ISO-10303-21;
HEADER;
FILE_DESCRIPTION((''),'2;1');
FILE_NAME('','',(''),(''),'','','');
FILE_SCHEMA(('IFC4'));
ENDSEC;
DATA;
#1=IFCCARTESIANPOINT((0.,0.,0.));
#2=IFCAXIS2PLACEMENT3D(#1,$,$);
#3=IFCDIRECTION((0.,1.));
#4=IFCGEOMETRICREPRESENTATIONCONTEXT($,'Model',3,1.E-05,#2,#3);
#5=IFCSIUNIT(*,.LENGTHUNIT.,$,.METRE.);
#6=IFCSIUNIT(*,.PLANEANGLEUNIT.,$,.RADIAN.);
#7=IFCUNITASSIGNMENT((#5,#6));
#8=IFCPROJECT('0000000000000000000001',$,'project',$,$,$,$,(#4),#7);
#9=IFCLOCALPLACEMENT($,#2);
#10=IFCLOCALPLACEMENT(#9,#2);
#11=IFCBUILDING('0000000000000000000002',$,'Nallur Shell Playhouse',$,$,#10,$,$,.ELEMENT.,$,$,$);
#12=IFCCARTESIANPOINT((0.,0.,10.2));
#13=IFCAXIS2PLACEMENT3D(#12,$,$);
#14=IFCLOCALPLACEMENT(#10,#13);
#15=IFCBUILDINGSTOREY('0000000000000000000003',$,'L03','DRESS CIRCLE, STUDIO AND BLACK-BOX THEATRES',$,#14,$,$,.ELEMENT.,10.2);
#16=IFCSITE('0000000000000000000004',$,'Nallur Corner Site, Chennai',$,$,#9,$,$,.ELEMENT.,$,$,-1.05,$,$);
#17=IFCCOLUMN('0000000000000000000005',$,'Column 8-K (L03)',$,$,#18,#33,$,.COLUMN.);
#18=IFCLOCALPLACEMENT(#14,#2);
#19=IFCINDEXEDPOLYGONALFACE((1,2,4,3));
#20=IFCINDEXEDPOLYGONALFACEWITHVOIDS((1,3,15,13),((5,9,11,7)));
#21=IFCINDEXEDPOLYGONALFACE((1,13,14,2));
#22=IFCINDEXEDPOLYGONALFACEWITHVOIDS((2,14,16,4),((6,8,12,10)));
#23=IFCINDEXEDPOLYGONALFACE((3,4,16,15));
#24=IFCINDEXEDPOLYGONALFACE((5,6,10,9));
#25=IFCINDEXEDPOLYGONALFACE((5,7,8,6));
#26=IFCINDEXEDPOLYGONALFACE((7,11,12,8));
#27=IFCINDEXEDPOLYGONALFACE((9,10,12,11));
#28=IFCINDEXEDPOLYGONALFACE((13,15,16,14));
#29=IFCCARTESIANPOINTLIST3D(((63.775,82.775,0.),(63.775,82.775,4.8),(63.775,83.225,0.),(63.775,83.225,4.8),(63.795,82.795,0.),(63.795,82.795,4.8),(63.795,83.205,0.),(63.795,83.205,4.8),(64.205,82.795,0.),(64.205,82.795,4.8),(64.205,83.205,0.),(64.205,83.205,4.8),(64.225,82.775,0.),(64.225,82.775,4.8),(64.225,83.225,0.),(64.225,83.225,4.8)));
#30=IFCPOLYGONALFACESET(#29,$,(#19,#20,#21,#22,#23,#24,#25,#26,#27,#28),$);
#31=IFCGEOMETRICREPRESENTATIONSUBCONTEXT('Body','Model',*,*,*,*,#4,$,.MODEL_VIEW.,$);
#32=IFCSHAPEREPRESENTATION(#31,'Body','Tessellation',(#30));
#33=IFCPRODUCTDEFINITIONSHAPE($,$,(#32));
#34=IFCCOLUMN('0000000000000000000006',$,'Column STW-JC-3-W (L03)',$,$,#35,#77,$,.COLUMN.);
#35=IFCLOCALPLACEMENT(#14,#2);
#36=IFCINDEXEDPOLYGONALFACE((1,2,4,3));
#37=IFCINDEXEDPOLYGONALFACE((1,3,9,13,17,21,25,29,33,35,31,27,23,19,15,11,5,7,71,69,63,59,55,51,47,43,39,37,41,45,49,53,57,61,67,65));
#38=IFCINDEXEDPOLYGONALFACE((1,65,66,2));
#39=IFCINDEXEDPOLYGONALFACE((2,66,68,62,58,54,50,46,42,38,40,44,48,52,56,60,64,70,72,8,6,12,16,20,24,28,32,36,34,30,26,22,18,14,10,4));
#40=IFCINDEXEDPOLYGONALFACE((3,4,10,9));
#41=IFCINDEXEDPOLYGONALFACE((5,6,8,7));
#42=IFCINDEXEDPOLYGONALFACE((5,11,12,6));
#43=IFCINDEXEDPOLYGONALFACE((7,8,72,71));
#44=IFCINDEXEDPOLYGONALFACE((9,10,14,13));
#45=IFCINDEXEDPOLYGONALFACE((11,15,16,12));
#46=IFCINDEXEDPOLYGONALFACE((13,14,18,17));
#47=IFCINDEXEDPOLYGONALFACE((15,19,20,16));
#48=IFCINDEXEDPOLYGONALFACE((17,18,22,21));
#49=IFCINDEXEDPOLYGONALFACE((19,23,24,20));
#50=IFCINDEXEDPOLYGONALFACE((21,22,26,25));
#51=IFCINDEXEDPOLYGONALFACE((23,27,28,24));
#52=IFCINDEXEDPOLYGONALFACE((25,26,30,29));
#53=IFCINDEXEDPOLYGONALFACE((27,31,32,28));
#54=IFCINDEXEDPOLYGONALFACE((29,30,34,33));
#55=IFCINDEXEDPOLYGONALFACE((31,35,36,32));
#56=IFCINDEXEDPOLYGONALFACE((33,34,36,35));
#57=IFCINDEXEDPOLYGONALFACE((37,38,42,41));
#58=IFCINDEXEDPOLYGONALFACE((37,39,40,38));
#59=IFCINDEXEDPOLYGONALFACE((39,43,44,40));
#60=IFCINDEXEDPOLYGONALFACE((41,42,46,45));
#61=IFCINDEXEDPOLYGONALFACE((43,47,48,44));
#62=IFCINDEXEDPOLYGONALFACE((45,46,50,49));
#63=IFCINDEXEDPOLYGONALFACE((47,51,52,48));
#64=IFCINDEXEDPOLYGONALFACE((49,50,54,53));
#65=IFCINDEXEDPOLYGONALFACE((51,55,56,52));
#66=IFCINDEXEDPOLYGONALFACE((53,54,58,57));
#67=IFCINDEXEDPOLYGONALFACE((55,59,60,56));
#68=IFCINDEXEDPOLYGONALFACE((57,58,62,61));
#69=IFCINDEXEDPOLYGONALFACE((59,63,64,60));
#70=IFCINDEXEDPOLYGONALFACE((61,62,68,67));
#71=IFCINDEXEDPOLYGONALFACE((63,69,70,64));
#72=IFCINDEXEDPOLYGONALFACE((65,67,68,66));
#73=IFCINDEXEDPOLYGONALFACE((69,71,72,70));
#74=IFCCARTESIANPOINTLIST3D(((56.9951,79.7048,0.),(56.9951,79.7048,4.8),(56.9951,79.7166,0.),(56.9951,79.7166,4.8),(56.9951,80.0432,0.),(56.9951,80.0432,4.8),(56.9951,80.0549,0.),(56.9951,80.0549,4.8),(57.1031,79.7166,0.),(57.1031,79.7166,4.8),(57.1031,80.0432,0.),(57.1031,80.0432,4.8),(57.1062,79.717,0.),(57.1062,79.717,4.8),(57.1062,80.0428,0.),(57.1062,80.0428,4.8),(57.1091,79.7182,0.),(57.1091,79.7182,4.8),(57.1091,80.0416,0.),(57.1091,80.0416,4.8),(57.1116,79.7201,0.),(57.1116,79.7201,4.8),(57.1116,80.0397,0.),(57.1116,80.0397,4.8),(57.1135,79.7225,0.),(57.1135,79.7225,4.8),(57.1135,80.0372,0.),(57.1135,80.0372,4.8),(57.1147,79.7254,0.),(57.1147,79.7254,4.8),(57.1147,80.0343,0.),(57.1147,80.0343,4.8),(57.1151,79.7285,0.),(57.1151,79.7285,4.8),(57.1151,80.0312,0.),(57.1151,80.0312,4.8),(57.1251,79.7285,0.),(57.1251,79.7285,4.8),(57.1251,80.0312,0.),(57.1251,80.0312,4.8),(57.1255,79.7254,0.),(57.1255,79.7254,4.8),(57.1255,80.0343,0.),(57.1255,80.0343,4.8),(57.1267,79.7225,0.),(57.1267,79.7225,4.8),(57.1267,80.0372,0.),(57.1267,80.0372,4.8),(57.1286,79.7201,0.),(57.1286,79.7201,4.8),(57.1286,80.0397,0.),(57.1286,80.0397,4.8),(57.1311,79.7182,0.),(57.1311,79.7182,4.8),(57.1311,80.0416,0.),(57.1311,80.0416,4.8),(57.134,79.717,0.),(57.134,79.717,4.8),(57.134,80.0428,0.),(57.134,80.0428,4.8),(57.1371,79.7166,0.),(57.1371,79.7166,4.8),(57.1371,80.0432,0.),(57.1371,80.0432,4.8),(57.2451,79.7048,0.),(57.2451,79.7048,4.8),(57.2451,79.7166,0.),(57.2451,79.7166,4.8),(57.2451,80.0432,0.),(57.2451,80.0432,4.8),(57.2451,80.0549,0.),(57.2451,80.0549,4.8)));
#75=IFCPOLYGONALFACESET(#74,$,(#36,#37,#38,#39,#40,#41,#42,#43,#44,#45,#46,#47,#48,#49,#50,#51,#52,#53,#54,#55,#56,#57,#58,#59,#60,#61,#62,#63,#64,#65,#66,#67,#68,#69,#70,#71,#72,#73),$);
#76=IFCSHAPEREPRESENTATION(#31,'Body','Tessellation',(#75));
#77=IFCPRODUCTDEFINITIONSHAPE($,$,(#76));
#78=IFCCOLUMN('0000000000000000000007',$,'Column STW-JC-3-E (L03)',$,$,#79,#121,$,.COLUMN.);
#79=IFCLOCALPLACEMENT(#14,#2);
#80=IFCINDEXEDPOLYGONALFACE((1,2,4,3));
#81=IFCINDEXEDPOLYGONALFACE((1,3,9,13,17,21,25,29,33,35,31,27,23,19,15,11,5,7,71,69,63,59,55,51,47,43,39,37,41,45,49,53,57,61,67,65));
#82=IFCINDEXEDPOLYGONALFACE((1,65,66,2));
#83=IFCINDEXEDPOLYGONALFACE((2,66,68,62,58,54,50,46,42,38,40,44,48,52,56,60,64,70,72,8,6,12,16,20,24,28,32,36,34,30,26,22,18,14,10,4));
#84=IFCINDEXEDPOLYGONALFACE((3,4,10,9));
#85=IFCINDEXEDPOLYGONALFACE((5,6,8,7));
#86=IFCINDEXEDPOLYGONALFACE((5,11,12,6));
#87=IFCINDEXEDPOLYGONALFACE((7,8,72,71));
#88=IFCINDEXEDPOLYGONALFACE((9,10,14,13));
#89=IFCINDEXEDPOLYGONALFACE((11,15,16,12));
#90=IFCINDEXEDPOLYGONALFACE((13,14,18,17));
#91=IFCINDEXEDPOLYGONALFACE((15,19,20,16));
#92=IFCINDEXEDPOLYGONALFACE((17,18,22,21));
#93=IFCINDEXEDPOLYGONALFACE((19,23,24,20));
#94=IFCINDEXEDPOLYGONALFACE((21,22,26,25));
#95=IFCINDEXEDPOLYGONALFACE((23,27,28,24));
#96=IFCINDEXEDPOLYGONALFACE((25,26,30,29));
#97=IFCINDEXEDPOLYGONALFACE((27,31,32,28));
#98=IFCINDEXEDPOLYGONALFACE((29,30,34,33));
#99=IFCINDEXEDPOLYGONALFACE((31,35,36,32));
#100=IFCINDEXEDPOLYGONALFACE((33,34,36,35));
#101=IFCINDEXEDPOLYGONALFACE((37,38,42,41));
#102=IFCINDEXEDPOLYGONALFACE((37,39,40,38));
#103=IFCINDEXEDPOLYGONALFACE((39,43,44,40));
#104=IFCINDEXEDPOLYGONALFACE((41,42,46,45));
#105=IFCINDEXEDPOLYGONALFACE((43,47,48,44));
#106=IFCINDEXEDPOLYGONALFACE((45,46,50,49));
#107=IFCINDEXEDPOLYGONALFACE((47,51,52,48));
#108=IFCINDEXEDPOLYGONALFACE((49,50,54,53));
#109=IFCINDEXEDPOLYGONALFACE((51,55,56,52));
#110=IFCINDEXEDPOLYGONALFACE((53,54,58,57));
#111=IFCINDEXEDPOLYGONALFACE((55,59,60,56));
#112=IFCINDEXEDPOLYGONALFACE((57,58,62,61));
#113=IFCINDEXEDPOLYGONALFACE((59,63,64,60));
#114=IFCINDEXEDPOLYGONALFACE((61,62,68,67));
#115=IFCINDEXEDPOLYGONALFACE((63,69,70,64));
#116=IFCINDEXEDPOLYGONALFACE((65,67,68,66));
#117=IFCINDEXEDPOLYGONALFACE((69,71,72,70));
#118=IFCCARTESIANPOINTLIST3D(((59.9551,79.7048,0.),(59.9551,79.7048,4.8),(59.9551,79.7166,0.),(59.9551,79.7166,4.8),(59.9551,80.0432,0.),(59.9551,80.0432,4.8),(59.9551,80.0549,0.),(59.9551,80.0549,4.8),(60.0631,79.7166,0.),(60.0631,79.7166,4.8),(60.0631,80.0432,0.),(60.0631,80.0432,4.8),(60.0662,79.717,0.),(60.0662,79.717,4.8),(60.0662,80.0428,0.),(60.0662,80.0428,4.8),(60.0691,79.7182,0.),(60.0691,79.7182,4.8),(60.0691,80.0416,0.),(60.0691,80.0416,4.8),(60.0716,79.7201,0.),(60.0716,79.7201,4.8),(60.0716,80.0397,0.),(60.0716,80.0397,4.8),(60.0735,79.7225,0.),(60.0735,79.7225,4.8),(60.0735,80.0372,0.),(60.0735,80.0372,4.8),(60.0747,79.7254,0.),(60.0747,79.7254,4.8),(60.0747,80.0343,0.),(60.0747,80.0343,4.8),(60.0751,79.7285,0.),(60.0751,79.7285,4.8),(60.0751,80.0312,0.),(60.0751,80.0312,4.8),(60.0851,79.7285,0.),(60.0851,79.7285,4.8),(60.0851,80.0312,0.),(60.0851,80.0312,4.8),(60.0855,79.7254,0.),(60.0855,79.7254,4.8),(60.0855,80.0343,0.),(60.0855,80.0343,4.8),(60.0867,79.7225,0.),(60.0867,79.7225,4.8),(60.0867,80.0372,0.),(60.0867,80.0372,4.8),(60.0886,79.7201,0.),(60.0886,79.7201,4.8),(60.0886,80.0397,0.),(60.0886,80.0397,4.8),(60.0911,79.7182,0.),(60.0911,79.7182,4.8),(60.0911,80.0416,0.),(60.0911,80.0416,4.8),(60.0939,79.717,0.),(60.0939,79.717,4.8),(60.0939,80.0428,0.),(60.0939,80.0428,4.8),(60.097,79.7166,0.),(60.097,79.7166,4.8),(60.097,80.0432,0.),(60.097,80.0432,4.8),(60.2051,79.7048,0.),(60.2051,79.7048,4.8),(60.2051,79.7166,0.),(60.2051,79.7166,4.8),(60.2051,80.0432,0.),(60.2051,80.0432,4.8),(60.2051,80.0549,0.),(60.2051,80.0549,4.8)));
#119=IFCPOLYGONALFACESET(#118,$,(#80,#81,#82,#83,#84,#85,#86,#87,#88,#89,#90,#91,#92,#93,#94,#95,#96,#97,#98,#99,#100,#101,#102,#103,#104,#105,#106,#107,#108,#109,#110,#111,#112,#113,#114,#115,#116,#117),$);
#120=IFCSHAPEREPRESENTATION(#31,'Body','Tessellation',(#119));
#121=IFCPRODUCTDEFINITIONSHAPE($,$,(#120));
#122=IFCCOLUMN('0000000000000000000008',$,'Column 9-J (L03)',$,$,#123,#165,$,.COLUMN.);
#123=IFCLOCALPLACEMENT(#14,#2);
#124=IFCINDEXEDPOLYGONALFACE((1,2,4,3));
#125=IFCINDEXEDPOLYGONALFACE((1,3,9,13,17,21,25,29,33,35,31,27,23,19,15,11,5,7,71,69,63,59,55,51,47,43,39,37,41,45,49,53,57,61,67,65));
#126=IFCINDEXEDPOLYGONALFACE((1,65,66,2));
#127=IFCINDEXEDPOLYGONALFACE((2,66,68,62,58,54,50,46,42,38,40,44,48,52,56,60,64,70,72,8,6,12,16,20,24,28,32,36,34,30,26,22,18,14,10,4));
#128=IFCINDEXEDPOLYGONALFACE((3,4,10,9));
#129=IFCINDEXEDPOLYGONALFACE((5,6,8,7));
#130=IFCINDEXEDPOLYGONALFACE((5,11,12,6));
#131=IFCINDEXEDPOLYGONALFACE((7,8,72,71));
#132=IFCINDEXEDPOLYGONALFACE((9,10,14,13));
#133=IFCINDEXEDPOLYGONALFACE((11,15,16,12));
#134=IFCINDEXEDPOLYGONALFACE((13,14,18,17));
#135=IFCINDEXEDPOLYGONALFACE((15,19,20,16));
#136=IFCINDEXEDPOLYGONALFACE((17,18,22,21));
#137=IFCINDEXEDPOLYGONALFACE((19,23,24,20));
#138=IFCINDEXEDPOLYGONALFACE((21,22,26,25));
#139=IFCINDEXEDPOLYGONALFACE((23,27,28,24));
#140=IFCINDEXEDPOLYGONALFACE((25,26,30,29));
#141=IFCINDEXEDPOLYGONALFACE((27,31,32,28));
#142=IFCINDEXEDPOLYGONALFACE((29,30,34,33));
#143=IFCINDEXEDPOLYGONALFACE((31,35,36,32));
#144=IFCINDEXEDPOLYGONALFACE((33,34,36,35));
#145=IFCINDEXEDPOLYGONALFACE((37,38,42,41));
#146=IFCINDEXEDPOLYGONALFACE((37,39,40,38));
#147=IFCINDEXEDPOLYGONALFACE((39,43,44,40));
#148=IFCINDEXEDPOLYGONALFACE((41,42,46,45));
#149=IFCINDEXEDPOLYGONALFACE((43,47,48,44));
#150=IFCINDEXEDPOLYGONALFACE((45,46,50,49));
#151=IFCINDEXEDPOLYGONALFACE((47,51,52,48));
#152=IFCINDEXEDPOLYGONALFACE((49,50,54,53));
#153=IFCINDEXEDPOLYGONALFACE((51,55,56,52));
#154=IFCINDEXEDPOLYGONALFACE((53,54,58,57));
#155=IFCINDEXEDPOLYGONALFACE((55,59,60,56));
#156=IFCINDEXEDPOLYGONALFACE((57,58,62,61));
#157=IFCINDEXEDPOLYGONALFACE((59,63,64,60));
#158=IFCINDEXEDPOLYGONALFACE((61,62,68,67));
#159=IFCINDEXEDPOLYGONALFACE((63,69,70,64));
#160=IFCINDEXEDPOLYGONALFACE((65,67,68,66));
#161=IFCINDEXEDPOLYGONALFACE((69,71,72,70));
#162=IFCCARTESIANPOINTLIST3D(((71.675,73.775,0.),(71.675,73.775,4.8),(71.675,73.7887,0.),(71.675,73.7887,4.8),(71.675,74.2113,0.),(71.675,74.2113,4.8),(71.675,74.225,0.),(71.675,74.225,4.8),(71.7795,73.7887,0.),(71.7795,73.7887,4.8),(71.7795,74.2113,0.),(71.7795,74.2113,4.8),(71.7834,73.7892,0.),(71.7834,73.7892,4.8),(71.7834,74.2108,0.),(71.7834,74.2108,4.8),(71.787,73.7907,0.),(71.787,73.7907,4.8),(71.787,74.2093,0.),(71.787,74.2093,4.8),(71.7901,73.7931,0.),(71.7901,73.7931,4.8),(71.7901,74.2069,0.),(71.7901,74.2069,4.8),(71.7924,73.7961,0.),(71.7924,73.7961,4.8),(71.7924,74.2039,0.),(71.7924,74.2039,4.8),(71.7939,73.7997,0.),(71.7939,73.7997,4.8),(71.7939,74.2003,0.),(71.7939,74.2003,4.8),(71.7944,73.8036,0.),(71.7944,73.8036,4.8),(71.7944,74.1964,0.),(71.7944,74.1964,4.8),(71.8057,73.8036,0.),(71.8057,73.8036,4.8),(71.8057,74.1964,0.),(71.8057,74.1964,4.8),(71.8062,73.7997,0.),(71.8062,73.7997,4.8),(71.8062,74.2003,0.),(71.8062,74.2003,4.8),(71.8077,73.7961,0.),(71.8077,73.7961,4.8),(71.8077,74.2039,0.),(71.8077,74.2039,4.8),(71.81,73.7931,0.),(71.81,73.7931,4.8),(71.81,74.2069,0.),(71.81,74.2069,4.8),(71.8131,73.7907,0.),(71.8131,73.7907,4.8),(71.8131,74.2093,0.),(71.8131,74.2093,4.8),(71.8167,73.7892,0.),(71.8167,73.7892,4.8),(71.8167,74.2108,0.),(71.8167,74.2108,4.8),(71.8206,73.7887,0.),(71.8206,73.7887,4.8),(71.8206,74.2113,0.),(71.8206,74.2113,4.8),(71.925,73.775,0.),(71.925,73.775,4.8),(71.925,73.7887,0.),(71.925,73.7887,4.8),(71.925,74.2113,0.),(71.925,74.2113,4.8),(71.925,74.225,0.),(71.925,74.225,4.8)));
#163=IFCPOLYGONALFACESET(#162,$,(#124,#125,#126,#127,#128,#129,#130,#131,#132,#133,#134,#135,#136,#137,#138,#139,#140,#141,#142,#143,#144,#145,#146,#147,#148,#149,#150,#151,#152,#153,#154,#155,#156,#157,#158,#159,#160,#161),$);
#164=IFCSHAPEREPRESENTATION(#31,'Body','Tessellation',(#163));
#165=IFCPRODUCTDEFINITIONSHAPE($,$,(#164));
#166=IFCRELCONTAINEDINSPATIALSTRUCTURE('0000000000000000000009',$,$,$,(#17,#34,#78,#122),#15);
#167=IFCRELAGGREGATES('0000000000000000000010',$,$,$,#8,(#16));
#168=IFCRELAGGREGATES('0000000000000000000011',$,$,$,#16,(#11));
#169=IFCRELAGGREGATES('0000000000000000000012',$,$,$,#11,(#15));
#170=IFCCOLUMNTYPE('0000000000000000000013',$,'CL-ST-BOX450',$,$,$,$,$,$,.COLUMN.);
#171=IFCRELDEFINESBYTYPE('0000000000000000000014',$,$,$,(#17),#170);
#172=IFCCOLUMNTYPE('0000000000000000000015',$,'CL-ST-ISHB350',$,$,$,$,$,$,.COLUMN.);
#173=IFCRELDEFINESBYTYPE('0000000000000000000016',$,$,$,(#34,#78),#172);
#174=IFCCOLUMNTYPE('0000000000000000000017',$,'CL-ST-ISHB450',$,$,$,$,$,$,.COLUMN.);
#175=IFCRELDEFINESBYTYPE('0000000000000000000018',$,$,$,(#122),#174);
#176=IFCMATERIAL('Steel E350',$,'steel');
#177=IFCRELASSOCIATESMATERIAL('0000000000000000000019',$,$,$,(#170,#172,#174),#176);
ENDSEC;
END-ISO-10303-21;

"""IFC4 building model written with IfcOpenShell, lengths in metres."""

from ifc_helpers import new_model, si_unit, direction, frame, origin, origin_2d, place, context, subcontext, project, spatial, hollow_rectangle, i_section, extrude, material, material_profile, profile_set, type_object, element, save


model = new_model("IFC4")

# Units and contexts
model_context = context("Model", 3, precision=1e-05, world=origin(), true_north=direction((0.0, 1.0)))
body_context = subcontext(model_context, "Body", "Model", "MODEL_VIEW")
ifc_project = project(units=[si_unit("LENGTHUNIT", "METRE"), si_unit("PLANEANGLEUNIT", "RADIAN")], contexts=[model_context])

# Site, building, storey
site_placement = place(None, origin())
site = spatial("IfcSite", under=ifc_project, at=site_placement, Name="Nallur Corner Site, Chennai", CompositionType="ELEMENT", RefElevation=-1.05)
building_placement = place(site_placement, origin())
building = spatial("IfcBuilding", under=site, at=building_placement, Name="Nallur Shell Playhouse", CompositionType="ELEMENT")
storey_placement = place(building_placement, frame((0.0, 0.0, 10.2)))
storey = spatial("IfcBuildingStorey", under=building, at=storey_placement, Name="L03", Description="DRESS CIRCLE, STUDIO AND BLACK-BOX THEATRES", CompositionType="ELEMENT", Elevation=10.2)

# Columns
ifc_material_1 = material(Name="Steel E350", Category="steel")
ifc_material_profile_1 = material_profile(ifc_material_1, hollow_rectangle(XDim=0.45, YDim=0.45, WallThickness=0.02, at=origin_2d()), Name="BOX 450x450x20")
ifc_profile_set_1 = profile_set([ifc_material_profile_1], Name="Steel E350")
column_type_1 = type_object("IfcColumnType", Name="CL-ST-BOX450", PredefinedType="COLUMN", material=ifc_profile_set_1)
column_placement = place(storey_placement, frame((64.0, 83.0, 0.0), z_axis=(0.0, 0.0, 1.0), x_axis=(1.0, 0.0, 0.0)))
element("IfcColumn", 1, at=column_placement, inside=storey, type_object=column_type_1, Name="Column 8-K (L03)", PredefinedType="COLUMN", context=body_context, shape_type="SweptSolid", body=[
    extrude(hollow_rectangle(XDim=0.45, YDim=0.45, WallThickness=0.02, at=origin_2d()), origin(), (0.0, 0.0, 1.0), 4.8),
])
ifc_material_profile_2 = material_profile(ifc_material_1, i_section(OverallWidth=0.25, OverallDepth=0.3501, WebThickness=0.01, FlangeThickness=0.0117, FilletRadius=0.012, at=origin_2d()), Name="ISHB 350")
ifc_profile_set_2 = profile_set([ifc_material_profile_2], Name="Steel E350")
column_type_2 = type_object("IfcColumnType", Name="CL-ST-ISHB350", PredefinedType="COLUMN", material=ifc_profile_set_2)
for number, where, z_axis, x_axis, name in (
    (2, (57.1201, 79.8799, 0.0), (0.0, 0.0, 1.0), (1.0, 0.0, 0.0), "Column STW-JC-3-W (L03)"),
    (3, (60.0801, 79.8799, 0.0), (0.0, 0.0, 1.0), (1.0, 0.0, 0.0), "Column STW-JC-3-E (L03)"),
):
    element("IfcColumn", number, at=place(storey_placement, frame(where, z_axis=z_axis, x_axis=x_axis)), inside=storey, type_object=column_type_2, Name=name, PredefinedType="COLUMN", context=body_context, shape_type="SweptSolid", body=[
        extrude(i_section(OverallWidth=0.25, OverallDepth=0.3501, WebThickness=0.01, FlangeThickness=0.0117, FilletRadius=0.012, at=origin_2d()), origin(), (0.0, 0.0, 1.0), 4.8),
    ])
ifc_material_profile_3 = material_profile(ifc_material_1, i_section(OverallWidth=0.25, OverallDepth=0.45, WebThickness=0.0112, FlangeThickness=0.0137, FilletRadius=0.0149, at=origin_2d()), Name="ISHB 450")
ifc_profile_set_3 = profile_set([ifc_material_profile_3], Name="Steel E350")
column_type_3 = type_object("IfcColumnType", Name="CL-ST-ISHB450", PredefinedType="COLUMN", material=ifc_profile_set_3)
for number, where, z_axis, x_axis, name in (
    (4, (71.8, 74.0, 0.0), (0.0, 0.0, 1.0), (1.0, 0.0, 0.0), "Column 9-J (L03)"),
):
    element("IfcColumn", number, at=place(storey_placement, frame(where, z_axis=z_axis, x_axis=x_axis)), inside=storey, type_object=column_type_3, Name=name, PredefinedType="COLUMN", context=body_context, shape_type="SweptSolid", body=[
        extrude(i_section(OverallWidth=0.25, OverallDepth=0.45, WebThickness=0.0112, FlangeThickness=0.0137, FilletRadius=0.0149, at=origin_2d()), origin(), (0.0, 0.0, 1.0), 4.8),
    ])

save(model, "model.ifc")
